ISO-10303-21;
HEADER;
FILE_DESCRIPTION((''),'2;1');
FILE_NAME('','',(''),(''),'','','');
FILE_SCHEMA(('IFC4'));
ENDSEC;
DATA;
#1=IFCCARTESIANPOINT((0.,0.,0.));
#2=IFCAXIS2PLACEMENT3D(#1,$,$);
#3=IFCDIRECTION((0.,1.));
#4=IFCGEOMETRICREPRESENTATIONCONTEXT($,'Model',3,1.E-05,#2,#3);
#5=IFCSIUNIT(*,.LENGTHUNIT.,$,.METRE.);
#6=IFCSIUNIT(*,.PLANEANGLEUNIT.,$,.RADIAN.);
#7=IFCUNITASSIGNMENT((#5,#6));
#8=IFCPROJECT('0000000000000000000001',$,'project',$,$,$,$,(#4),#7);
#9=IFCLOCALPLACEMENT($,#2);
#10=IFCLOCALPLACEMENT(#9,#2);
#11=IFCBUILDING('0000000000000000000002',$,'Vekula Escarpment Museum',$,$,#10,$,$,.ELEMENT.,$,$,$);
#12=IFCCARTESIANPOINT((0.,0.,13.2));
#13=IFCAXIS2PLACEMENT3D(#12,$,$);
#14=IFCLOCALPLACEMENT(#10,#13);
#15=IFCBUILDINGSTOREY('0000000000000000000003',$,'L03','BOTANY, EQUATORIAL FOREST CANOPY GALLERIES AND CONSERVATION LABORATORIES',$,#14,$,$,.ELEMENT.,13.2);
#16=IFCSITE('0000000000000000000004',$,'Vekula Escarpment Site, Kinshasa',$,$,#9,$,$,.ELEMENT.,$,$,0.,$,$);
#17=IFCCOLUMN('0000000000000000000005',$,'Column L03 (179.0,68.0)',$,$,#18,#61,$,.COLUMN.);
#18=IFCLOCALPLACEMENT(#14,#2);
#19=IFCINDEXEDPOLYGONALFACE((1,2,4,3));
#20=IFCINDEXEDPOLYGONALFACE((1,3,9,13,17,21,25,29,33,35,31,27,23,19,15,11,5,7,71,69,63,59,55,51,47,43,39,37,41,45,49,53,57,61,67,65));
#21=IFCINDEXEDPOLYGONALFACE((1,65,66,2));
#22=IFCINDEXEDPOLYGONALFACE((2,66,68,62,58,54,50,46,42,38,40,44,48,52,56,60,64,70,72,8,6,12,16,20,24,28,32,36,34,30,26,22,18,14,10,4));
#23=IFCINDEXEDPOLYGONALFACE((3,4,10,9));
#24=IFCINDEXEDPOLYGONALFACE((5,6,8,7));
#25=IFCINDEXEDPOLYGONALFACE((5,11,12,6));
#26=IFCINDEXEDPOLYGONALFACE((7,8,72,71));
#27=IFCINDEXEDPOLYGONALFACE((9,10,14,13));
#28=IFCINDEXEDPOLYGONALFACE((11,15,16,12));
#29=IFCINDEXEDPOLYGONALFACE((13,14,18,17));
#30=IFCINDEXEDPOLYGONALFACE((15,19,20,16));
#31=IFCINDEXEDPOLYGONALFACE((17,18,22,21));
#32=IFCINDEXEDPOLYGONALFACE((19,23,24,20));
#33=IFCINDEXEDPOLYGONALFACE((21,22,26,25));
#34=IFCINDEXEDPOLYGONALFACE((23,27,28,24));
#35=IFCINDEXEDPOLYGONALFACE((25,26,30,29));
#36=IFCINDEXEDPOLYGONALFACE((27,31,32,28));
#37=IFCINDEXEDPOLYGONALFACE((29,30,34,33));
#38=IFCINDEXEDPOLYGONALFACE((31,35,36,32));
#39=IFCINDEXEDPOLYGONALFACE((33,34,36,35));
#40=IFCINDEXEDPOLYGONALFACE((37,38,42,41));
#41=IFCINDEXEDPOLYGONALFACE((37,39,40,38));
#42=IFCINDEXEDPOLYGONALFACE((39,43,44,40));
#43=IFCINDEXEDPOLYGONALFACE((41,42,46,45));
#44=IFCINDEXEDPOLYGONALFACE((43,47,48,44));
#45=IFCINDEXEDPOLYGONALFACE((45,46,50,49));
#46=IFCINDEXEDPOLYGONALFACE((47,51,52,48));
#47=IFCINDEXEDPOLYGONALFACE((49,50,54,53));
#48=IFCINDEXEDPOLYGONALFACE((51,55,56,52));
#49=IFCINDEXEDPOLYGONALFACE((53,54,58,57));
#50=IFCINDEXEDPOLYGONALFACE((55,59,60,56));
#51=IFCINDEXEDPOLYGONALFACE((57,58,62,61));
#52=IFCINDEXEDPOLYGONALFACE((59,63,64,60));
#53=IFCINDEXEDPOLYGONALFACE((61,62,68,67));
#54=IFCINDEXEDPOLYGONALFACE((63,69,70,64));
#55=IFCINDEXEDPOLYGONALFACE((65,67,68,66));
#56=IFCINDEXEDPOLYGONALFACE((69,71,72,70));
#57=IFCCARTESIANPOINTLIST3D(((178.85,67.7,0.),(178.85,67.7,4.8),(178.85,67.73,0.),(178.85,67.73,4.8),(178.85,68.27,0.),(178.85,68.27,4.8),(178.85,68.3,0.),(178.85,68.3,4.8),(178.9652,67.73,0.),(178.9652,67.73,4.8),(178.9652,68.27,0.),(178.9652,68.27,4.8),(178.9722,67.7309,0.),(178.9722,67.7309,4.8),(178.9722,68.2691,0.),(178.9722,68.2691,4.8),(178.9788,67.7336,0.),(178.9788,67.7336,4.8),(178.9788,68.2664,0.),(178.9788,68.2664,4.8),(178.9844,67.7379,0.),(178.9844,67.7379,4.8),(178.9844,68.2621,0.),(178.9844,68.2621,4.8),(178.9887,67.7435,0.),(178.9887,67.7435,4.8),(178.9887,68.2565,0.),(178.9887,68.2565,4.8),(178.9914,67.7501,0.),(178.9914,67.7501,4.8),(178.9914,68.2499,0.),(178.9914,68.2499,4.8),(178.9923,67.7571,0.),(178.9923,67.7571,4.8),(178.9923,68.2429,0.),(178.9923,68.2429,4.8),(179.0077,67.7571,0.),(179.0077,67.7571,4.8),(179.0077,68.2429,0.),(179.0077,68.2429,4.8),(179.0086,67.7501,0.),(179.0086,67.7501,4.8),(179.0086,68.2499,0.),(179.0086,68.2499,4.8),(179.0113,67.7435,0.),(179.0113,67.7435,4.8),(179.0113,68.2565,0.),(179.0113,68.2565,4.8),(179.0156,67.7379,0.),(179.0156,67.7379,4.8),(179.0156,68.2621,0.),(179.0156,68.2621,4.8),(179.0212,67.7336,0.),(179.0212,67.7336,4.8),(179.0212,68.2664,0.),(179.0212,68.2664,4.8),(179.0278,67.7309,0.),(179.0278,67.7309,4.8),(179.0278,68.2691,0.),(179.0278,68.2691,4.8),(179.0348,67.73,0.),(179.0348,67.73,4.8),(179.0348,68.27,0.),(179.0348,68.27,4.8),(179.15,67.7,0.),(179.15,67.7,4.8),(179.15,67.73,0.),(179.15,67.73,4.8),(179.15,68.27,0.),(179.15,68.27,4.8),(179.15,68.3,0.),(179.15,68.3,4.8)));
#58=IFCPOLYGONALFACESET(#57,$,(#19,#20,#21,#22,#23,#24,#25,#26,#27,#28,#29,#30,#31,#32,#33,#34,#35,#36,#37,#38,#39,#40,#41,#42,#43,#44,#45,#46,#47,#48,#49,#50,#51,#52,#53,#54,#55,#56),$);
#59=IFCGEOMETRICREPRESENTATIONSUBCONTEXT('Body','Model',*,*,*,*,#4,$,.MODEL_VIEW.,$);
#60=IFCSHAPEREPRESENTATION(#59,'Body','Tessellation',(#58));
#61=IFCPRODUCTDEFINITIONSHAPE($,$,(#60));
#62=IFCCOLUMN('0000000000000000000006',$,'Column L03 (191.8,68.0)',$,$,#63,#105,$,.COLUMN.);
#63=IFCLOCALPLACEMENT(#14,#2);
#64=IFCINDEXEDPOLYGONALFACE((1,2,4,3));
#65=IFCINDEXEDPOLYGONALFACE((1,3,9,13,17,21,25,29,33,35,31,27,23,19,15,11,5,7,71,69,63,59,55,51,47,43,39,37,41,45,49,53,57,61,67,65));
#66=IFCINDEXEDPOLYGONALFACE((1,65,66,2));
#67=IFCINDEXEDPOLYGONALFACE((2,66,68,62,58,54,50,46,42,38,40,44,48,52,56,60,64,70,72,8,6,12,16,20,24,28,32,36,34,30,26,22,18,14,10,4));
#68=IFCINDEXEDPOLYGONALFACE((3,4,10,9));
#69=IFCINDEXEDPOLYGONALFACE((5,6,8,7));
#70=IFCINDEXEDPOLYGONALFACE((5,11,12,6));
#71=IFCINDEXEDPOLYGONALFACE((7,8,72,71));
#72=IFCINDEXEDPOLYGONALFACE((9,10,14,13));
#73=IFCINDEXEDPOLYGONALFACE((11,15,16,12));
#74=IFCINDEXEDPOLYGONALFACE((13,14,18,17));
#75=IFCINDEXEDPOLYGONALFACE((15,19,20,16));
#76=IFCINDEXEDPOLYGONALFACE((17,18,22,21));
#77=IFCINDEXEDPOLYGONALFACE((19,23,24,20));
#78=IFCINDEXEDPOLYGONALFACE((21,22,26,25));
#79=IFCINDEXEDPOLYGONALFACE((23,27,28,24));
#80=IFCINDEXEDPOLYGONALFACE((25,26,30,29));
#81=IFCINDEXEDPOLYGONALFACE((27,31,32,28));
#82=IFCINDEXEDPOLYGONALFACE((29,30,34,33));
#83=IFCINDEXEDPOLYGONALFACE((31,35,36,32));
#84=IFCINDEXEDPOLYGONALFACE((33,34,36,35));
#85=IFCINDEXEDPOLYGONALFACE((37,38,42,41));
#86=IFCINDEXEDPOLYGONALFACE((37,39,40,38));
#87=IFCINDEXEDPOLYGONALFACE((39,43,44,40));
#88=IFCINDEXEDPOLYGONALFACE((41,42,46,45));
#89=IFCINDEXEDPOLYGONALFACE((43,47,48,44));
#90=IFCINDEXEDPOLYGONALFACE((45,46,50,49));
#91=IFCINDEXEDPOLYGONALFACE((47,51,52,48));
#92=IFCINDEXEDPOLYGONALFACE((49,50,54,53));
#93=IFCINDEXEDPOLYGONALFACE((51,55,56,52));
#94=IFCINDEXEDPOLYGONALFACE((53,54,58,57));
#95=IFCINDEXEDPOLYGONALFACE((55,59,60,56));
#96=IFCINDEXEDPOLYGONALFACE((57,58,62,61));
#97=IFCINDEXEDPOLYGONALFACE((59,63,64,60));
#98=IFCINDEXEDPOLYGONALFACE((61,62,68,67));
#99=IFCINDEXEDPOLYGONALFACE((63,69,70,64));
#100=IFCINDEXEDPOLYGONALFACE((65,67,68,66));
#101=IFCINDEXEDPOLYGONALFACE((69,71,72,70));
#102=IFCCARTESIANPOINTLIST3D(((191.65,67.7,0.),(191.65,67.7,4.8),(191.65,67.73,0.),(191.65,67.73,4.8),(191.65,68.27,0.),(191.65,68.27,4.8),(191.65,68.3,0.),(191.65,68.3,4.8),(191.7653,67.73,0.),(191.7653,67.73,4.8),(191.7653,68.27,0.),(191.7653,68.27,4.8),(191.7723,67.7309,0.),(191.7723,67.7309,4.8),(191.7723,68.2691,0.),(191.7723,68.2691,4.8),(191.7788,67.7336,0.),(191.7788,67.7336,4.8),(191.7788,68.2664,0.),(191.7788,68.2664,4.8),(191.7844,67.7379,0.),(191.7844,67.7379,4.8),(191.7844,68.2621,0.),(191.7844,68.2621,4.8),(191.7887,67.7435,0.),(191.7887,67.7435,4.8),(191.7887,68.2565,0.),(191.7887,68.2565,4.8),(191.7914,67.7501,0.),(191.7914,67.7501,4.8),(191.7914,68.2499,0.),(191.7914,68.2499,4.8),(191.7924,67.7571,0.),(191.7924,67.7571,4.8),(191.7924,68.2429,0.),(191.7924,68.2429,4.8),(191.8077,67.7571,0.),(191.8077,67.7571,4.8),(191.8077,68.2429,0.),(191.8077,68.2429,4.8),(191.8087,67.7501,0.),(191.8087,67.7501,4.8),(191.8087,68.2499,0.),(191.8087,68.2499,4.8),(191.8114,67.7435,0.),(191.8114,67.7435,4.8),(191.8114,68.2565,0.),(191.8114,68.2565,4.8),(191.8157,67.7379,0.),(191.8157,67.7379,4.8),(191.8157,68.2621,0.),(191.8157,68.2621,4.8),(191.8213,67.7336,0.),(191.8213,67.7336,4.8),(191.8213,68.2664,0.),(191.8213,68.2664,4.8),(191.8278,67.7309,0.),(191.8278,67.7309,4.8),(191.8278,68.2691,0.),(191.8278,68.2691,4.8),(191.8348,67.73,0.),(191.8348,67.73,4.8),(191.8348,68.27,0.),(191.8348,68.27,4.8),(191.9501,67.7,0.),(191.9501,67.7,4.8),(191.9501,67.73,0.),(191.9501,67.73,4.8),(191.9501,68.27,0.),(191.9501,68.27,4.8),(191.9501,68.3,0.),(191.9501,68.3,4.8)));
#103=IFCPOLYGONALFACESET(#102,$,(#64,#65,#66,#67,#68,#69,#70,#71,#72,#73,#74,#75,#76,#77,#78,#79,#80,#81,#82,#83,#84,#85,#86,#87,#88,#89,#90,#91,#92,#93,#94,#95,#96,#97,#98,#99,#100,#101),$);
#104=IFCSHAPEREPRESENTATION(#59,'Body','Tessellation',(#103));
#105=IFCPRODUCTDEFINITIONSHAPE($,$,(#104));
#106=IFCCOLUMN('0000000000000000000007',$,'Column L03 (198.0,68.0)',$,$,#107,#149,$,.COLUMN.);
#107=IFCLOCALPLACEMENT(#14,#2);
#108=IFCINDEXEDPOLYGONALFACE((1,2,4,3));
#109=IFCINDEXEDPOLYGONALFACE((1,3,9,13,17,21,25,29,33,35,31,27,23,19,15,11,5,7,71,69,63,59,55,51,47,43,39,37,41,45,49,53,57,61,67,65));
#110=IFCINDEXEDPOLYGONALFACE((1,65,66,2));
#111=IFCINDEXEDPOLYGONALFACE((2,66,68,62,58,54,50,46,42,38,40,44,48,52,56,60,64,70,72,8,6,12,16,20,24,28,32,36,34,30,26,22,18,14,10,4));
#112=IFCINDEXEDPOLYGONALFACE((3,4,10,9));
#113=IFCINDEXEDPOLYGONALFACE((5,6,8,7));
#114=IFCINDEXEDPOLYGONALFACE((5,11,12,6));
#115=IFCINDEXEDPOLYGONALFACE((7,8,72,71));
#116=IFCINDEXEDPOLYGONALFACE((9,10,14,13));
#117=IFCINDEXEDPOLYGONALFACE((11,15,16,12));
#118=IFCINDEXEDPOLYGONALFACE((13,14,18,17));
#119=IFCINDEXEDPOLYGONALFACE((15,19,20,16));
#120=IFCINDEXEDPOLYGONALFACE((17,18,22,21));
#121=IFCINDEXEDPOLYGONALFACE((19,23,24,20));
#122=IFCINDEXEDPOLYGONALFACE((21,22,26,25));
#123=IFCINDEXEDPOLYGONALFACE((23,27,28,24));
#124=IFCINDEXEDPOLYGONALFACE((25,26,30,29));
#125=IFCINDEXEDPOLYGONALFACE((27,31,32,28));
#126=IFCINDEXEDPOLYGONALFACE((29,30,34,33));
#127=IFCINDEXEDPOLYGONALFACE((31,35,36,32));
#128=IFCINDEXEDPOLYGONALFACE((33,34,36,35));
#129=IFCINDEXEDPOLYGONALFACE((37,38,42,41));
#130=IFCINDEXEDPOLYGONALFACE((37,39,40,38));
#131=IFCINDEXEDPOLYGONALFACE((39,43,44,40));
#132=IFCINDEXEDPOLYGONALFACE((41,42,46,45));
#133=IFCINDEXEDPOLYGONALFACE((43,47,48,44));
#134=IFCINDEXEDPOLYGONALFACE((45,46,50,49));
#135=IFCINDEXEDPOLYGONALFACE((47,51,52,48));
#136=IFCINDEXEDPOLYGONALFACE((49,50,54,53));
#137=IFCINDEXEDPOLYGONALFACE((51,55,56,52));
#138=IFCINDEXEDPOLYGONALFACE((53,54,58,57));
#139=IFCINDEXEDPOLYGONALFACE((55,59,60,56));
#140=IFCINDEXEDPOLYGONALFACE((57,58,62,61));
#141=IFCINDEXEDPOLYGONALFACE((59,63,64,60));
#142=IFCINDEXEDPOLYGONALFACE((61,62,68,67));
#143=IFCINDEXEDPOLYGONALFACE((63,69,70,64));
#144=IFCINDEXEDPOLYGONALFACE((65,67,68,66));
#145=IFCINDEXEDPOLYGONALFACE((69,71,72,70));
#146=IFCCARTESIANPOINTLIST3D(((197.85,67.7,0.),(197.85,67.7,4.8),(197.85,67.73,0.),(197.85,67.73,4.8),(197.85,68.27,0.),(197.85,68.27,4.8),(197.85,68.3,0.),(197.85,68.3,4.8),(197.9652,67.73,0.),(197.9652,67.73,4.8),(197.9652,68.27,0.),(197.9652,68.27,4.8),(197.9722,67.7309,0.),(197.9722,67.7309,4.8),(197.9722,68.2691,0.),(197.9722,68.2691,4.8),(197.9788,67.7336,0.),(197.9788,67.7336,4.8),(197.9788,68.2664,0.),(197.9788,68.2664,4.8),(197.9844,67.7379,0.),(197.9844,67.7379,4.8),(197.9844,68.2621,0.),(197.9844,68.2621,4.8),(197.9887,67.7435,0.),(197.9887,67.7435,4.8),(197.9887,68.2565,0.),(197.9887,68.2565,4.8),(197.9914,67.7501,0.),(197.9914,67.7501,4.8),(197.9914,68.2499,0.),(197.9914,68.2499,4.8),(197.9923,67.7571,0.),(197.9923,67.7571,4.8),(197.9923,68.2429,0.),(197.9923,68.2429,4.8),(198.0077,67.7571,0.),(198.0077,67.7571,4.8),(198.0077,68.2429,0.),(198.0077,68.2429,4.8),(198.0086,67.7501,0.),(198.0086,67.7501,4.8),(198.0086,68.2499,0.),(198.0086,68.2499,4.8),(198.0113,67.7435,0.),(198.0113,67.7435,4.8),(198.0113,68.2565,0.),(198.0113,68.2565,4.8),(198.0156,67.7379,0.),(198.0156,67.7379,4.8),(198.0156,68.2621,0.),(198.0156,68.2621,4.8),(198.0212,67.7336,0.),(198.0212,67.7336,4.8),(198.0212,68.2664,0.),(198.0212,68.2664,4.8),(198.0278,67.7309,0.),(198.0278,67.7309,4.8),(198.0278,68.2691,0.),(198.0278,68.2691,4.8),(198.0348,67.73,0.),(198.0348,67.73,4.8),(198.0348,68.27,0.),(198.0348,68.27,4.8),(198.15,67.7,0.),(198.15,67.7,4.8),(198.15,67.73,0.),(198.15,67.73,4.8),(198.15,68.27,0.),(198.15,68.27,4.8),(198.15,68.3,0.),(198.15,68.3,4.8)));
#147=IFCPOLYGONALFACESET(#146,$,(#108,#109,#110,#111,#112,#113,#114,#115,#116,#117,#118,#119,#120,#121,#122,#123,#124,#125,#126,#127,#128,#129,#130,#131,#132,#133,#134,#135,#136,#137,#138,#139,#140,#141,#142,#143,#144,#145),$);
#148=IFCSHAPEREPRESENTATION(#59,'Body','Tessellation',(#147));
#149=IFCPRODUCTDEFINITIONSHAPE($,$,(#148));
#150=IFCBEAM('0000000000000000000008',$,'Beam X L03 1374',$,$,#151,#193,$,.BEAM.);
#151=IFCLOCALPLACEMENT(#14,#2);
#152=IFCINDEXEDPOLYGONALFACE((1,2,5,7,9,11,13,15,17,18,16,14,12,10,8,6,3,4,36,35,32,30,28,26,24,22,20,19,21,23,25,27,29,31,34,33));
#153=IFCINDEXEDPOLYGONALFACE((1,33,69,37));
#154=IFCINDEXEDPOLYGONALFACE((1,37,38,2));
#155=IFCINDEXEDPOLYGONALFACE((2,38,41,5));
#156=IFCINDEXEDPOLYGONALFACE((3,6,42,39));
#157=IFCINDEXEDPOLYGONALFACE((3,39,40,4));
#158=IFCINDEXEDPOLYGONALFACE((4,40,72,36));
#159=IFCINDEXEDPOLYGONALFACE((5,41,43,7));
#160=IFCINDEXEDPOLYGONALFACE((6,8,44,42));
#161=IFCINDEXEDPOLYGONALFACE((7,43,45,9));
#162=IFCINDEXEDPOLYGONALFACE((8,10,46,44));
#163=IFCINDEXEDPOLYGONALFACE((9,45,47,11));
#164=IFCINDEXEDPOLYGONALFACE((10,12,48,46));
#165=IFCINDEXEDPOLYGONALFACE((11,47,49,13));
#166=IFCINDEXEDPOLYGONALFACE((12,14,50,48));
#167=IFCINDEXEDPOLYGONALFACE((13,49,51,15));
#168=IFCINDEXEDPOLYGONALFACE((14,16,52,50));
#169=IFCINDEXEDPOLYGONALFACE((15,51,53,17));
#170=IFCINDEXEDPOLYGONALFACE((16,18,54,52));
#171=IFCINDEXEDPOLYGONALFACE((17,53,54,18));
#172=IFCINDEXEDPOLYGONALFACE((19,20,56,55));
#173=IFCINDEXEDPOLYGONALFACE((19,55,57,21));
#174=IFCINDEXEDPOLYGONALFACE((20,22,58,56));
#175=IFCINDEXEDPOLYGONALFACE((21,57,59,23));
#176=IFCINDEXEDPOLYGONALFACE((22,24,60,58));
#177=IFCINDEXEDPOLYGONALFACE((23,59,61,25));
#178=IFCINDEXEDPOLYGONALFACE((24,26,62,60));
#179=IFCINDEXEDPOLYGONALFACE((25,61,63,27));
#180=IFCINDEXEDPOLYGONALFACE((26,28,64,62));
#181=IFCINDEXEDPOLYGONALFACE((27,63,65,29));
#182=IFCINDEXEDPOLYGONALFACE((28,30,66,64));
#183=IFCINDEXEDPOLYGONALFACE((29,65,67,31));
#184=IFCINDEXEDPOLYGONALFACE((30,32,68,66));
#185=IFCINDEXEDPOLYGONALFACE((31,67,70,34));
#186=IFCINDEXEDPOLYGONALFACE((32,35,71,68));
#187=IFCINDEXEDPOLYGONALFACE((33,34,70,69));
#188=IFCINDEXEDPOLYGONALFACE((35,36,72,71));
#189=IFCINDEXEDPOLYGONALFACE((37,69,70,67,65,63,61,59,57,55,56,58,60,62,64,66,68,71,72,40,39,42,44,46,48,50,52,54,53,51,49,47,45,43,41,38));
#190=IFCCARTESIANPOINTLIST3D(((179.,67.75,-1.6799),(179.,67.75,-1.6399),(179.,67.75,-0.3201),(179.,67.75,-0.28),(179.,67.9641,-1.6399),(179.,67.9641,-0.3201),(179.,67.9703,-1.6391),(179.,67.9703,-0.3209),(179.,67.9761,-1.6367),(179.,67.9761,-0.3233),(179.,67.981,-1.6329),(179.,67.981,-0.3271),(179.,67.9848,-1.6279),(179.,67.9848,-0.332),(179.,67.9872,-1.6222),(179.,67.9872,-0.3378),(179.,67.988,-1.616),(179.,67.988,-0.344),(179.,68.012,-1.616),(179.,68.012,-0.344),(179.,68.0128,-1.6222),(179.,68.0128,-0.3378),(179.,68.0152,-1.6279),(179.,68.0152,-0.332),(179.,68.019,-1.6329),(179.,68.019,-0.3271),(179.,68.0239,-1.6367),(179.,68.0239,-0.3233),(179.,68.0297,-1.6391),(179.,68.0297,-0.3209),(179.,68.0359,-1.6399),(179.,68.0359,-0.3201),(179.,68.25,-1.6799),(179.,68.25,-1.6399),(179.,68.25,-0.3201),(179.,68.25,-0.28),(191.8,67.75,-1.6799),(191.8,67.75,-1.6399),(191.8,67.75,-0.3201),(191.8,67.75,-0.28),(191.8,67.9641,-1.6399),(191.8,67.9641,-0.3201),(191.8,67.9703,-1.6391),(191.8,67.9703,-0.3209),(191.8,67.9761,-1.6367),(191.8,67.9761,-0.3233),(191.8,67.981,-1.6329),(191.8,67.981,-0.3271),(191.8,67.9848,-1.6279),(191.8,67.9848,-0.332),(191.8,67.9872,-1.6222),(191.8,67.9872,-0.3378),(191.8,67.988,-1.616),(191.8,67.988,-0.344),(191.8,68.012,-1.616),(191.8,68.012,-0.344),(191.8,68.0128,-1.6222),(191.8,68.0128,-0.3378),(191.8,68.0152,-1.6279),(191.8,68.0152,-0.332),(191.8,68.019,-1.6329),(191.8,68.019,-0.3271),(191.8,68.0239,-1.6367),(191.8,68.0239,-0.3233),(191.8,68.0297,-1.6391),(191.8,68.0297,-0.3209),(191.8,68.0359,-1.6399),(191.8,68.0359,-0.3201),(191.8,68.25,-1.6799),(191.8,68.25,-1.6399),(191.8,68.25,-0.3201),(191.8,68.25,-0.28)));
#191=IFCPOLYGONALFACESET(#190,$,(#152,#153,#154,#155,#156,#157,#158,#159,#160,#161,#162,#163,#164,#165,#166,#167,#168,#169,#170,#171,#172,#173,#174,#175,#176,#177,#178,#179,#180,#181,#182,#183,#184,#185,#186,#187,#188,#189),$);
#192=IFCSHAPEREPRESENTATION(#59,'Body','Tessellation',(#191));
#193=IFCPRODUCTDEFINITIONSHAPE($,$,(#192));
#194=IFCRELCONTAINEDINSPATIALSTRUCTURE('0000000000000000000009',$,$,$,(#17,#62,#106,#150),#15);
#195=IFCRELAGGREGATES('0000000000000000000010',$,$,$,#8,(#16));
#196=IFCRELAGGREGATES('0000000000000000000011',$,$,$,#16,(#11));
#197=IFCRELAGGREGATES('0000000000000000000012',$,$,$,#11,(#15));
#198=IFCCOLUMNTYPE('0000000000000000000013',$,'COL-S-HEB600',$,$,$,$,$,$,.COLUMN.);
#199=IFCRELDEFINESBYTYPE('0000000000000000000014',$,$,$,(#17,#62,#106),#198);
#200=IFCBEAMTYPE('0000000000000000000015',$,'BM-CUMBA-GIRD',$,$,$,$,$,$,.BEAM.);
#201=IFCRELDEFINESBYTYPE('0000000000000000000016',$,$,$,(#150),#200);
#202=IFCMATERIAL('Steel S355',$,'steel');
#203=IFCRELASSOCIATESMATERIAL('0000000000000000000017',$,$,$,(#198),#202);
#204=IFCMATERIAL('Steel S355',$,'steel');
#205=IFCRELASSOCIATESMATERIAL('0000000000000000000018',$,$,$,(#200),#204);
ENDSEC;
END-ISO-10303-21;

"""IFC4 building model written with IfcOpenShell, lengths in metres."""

from ifc_helpers import new_model, si_unit, direction, frame, origin, origin_2d, place, context, subcontext, project, spatial, i_section, extrude, material, material_profile, profile_set, type_object, element, save


model = new_model("IFC4")

# Units and contexts
model_context = context("Model", 3, precision=1e-05, world=origin(), true_north=direction((0.0, 1.0)))
body_context = subcontext(model_context, "Body", "Model", "MODEL_VIEW")
ifc_project = project(units=[si_unit("LENGTHUNIT", "METRE"), si_unit("PLANEANGLEUNIT", "RADIAN")], contexts=[model_context])

# Site, building, storey
site_placement = place(None, origin())
site = spatial("IfcSite", under=ifc_project, at=site_placement, Name="Vekula Escarpment Site, Kinshasa", CompositionType="ELEMENT", RefElevation=0.0)
building_placement = place(site_placement, origin())
building = spatial("IfcBuilding", under=site, at=building_placement, Name="Vekula Escarpment Museum", CompositionType="ELEMENT")
storey_placement = place(building_placement, frame((0.0, 0.0, 13.2)))
storey = spatial("IfcBuildingStorey", under=building, at=storey_placement, Name="L03", Description="BOTANY, EQUATORIAL FOREST CANOPY GALLERIES AND CONSERVATION LABORATORIES", CompositionType="ELEMENT", Elevation=13.2)

# Columns
ifc_material_1 = material(Name="Steel S355", Category="steel")
ifc_material_profile_1 = material_profile(ifc_material_1, i_section(OverallWidth=0.3, OverallDepth=0.6001, WebThickness=0.0154, FlangeThickness=0.03, FilletRadius=0.0271, at=origin_2d()), Name="HEB 600")
ifc_profile_set_1 = profile_set([ifc_material_profile_1], Name="Steel S355")
column_type = type_object("IfcColumnType", Name="COL-S-HEB600", PredefinedType="COLUMN", material=ifc_profile_set_1)
for number, where, z_axis, x_axis, name in (
    (1, (179.0, 68.0, 0.0), (0.0, 0.0, 1.0), (1.0, 0.0, 0.0), "Column L03 (179.0,68.0)"),
    (2, (191.8, 68.0, 0.0), (0.0, 0.0, 1.0), (1.0, 0.0, 0.0), "Column L03 (191.8,68.0)"),
    (3, (198.0, 68.0, 0.0), (0.0, 0.0, 1.0), (1.0, 0.0, 0.0), "Column L03 (198.0,68.0)"),
):
    element("IfcColumn", number, at=place(storey_placement, frame(where, z_axis=z_axis, x_axis=x_axis)), inside=storey, type_object=column_type, Name=name, PredefinedType="COLUMN", context=body_context, shape_type="SweptSolid", body=[
        extrude(i_section(OverallWidth=0.3, OverallDepth=0.6001, WebThickness=0.0154, FlangeThickness=0.03, FilletRadius=0.0271, at=origin_2d()), origin(), (0.0, 0.0, 1.0), 4.8),
    ])

# Beam
ifc_material_2 = material(Name="Steel S355", Category="steel")
ifc_material_profile_2 = material_profile(ifc_material_2, i_section(OverallWidth=0.5, OverallDepth=1.3999, WebThickness=0.0239, FlangeThickness=0.04, FilletRadius=0.0239, at=origin_2d()), Name="WPG 1400x500")
ifc_profile_set_2 = profile_set([ifc_material_profile_2], Name="Steel S355")
beam_type_1 = type_object("IfcBeamType", Name="BM-CUMBA-GIRD", PredefinedType="BEAM", material=ifc_profile_set_2)
beam_1_placement = place(storey_placement, frame((179.0, 68.0, -0.98), z_axis=(1.0, 0.0, 0.0), x_axis=(0.0, 1.0, 0.0)))
element("IfcBeam", 4, at=beam_1_placement, inside=storey, type_object=beam_type_1, Name="Beam X L03 1374", PredefinedType="BEAM", context=body_context, shape_type="SweptSolid", body=[
    extrude(i_section(OverallWidth=0.5, OverallDepth=1.3999, WebThickness=0.0239, FlangeThickness=0.04, FilletRadius=0.0239, at=origin_2d()), origin(), (0.0, 0.0, 1.0), 12.8),
])

save(model, "model.ifc")
